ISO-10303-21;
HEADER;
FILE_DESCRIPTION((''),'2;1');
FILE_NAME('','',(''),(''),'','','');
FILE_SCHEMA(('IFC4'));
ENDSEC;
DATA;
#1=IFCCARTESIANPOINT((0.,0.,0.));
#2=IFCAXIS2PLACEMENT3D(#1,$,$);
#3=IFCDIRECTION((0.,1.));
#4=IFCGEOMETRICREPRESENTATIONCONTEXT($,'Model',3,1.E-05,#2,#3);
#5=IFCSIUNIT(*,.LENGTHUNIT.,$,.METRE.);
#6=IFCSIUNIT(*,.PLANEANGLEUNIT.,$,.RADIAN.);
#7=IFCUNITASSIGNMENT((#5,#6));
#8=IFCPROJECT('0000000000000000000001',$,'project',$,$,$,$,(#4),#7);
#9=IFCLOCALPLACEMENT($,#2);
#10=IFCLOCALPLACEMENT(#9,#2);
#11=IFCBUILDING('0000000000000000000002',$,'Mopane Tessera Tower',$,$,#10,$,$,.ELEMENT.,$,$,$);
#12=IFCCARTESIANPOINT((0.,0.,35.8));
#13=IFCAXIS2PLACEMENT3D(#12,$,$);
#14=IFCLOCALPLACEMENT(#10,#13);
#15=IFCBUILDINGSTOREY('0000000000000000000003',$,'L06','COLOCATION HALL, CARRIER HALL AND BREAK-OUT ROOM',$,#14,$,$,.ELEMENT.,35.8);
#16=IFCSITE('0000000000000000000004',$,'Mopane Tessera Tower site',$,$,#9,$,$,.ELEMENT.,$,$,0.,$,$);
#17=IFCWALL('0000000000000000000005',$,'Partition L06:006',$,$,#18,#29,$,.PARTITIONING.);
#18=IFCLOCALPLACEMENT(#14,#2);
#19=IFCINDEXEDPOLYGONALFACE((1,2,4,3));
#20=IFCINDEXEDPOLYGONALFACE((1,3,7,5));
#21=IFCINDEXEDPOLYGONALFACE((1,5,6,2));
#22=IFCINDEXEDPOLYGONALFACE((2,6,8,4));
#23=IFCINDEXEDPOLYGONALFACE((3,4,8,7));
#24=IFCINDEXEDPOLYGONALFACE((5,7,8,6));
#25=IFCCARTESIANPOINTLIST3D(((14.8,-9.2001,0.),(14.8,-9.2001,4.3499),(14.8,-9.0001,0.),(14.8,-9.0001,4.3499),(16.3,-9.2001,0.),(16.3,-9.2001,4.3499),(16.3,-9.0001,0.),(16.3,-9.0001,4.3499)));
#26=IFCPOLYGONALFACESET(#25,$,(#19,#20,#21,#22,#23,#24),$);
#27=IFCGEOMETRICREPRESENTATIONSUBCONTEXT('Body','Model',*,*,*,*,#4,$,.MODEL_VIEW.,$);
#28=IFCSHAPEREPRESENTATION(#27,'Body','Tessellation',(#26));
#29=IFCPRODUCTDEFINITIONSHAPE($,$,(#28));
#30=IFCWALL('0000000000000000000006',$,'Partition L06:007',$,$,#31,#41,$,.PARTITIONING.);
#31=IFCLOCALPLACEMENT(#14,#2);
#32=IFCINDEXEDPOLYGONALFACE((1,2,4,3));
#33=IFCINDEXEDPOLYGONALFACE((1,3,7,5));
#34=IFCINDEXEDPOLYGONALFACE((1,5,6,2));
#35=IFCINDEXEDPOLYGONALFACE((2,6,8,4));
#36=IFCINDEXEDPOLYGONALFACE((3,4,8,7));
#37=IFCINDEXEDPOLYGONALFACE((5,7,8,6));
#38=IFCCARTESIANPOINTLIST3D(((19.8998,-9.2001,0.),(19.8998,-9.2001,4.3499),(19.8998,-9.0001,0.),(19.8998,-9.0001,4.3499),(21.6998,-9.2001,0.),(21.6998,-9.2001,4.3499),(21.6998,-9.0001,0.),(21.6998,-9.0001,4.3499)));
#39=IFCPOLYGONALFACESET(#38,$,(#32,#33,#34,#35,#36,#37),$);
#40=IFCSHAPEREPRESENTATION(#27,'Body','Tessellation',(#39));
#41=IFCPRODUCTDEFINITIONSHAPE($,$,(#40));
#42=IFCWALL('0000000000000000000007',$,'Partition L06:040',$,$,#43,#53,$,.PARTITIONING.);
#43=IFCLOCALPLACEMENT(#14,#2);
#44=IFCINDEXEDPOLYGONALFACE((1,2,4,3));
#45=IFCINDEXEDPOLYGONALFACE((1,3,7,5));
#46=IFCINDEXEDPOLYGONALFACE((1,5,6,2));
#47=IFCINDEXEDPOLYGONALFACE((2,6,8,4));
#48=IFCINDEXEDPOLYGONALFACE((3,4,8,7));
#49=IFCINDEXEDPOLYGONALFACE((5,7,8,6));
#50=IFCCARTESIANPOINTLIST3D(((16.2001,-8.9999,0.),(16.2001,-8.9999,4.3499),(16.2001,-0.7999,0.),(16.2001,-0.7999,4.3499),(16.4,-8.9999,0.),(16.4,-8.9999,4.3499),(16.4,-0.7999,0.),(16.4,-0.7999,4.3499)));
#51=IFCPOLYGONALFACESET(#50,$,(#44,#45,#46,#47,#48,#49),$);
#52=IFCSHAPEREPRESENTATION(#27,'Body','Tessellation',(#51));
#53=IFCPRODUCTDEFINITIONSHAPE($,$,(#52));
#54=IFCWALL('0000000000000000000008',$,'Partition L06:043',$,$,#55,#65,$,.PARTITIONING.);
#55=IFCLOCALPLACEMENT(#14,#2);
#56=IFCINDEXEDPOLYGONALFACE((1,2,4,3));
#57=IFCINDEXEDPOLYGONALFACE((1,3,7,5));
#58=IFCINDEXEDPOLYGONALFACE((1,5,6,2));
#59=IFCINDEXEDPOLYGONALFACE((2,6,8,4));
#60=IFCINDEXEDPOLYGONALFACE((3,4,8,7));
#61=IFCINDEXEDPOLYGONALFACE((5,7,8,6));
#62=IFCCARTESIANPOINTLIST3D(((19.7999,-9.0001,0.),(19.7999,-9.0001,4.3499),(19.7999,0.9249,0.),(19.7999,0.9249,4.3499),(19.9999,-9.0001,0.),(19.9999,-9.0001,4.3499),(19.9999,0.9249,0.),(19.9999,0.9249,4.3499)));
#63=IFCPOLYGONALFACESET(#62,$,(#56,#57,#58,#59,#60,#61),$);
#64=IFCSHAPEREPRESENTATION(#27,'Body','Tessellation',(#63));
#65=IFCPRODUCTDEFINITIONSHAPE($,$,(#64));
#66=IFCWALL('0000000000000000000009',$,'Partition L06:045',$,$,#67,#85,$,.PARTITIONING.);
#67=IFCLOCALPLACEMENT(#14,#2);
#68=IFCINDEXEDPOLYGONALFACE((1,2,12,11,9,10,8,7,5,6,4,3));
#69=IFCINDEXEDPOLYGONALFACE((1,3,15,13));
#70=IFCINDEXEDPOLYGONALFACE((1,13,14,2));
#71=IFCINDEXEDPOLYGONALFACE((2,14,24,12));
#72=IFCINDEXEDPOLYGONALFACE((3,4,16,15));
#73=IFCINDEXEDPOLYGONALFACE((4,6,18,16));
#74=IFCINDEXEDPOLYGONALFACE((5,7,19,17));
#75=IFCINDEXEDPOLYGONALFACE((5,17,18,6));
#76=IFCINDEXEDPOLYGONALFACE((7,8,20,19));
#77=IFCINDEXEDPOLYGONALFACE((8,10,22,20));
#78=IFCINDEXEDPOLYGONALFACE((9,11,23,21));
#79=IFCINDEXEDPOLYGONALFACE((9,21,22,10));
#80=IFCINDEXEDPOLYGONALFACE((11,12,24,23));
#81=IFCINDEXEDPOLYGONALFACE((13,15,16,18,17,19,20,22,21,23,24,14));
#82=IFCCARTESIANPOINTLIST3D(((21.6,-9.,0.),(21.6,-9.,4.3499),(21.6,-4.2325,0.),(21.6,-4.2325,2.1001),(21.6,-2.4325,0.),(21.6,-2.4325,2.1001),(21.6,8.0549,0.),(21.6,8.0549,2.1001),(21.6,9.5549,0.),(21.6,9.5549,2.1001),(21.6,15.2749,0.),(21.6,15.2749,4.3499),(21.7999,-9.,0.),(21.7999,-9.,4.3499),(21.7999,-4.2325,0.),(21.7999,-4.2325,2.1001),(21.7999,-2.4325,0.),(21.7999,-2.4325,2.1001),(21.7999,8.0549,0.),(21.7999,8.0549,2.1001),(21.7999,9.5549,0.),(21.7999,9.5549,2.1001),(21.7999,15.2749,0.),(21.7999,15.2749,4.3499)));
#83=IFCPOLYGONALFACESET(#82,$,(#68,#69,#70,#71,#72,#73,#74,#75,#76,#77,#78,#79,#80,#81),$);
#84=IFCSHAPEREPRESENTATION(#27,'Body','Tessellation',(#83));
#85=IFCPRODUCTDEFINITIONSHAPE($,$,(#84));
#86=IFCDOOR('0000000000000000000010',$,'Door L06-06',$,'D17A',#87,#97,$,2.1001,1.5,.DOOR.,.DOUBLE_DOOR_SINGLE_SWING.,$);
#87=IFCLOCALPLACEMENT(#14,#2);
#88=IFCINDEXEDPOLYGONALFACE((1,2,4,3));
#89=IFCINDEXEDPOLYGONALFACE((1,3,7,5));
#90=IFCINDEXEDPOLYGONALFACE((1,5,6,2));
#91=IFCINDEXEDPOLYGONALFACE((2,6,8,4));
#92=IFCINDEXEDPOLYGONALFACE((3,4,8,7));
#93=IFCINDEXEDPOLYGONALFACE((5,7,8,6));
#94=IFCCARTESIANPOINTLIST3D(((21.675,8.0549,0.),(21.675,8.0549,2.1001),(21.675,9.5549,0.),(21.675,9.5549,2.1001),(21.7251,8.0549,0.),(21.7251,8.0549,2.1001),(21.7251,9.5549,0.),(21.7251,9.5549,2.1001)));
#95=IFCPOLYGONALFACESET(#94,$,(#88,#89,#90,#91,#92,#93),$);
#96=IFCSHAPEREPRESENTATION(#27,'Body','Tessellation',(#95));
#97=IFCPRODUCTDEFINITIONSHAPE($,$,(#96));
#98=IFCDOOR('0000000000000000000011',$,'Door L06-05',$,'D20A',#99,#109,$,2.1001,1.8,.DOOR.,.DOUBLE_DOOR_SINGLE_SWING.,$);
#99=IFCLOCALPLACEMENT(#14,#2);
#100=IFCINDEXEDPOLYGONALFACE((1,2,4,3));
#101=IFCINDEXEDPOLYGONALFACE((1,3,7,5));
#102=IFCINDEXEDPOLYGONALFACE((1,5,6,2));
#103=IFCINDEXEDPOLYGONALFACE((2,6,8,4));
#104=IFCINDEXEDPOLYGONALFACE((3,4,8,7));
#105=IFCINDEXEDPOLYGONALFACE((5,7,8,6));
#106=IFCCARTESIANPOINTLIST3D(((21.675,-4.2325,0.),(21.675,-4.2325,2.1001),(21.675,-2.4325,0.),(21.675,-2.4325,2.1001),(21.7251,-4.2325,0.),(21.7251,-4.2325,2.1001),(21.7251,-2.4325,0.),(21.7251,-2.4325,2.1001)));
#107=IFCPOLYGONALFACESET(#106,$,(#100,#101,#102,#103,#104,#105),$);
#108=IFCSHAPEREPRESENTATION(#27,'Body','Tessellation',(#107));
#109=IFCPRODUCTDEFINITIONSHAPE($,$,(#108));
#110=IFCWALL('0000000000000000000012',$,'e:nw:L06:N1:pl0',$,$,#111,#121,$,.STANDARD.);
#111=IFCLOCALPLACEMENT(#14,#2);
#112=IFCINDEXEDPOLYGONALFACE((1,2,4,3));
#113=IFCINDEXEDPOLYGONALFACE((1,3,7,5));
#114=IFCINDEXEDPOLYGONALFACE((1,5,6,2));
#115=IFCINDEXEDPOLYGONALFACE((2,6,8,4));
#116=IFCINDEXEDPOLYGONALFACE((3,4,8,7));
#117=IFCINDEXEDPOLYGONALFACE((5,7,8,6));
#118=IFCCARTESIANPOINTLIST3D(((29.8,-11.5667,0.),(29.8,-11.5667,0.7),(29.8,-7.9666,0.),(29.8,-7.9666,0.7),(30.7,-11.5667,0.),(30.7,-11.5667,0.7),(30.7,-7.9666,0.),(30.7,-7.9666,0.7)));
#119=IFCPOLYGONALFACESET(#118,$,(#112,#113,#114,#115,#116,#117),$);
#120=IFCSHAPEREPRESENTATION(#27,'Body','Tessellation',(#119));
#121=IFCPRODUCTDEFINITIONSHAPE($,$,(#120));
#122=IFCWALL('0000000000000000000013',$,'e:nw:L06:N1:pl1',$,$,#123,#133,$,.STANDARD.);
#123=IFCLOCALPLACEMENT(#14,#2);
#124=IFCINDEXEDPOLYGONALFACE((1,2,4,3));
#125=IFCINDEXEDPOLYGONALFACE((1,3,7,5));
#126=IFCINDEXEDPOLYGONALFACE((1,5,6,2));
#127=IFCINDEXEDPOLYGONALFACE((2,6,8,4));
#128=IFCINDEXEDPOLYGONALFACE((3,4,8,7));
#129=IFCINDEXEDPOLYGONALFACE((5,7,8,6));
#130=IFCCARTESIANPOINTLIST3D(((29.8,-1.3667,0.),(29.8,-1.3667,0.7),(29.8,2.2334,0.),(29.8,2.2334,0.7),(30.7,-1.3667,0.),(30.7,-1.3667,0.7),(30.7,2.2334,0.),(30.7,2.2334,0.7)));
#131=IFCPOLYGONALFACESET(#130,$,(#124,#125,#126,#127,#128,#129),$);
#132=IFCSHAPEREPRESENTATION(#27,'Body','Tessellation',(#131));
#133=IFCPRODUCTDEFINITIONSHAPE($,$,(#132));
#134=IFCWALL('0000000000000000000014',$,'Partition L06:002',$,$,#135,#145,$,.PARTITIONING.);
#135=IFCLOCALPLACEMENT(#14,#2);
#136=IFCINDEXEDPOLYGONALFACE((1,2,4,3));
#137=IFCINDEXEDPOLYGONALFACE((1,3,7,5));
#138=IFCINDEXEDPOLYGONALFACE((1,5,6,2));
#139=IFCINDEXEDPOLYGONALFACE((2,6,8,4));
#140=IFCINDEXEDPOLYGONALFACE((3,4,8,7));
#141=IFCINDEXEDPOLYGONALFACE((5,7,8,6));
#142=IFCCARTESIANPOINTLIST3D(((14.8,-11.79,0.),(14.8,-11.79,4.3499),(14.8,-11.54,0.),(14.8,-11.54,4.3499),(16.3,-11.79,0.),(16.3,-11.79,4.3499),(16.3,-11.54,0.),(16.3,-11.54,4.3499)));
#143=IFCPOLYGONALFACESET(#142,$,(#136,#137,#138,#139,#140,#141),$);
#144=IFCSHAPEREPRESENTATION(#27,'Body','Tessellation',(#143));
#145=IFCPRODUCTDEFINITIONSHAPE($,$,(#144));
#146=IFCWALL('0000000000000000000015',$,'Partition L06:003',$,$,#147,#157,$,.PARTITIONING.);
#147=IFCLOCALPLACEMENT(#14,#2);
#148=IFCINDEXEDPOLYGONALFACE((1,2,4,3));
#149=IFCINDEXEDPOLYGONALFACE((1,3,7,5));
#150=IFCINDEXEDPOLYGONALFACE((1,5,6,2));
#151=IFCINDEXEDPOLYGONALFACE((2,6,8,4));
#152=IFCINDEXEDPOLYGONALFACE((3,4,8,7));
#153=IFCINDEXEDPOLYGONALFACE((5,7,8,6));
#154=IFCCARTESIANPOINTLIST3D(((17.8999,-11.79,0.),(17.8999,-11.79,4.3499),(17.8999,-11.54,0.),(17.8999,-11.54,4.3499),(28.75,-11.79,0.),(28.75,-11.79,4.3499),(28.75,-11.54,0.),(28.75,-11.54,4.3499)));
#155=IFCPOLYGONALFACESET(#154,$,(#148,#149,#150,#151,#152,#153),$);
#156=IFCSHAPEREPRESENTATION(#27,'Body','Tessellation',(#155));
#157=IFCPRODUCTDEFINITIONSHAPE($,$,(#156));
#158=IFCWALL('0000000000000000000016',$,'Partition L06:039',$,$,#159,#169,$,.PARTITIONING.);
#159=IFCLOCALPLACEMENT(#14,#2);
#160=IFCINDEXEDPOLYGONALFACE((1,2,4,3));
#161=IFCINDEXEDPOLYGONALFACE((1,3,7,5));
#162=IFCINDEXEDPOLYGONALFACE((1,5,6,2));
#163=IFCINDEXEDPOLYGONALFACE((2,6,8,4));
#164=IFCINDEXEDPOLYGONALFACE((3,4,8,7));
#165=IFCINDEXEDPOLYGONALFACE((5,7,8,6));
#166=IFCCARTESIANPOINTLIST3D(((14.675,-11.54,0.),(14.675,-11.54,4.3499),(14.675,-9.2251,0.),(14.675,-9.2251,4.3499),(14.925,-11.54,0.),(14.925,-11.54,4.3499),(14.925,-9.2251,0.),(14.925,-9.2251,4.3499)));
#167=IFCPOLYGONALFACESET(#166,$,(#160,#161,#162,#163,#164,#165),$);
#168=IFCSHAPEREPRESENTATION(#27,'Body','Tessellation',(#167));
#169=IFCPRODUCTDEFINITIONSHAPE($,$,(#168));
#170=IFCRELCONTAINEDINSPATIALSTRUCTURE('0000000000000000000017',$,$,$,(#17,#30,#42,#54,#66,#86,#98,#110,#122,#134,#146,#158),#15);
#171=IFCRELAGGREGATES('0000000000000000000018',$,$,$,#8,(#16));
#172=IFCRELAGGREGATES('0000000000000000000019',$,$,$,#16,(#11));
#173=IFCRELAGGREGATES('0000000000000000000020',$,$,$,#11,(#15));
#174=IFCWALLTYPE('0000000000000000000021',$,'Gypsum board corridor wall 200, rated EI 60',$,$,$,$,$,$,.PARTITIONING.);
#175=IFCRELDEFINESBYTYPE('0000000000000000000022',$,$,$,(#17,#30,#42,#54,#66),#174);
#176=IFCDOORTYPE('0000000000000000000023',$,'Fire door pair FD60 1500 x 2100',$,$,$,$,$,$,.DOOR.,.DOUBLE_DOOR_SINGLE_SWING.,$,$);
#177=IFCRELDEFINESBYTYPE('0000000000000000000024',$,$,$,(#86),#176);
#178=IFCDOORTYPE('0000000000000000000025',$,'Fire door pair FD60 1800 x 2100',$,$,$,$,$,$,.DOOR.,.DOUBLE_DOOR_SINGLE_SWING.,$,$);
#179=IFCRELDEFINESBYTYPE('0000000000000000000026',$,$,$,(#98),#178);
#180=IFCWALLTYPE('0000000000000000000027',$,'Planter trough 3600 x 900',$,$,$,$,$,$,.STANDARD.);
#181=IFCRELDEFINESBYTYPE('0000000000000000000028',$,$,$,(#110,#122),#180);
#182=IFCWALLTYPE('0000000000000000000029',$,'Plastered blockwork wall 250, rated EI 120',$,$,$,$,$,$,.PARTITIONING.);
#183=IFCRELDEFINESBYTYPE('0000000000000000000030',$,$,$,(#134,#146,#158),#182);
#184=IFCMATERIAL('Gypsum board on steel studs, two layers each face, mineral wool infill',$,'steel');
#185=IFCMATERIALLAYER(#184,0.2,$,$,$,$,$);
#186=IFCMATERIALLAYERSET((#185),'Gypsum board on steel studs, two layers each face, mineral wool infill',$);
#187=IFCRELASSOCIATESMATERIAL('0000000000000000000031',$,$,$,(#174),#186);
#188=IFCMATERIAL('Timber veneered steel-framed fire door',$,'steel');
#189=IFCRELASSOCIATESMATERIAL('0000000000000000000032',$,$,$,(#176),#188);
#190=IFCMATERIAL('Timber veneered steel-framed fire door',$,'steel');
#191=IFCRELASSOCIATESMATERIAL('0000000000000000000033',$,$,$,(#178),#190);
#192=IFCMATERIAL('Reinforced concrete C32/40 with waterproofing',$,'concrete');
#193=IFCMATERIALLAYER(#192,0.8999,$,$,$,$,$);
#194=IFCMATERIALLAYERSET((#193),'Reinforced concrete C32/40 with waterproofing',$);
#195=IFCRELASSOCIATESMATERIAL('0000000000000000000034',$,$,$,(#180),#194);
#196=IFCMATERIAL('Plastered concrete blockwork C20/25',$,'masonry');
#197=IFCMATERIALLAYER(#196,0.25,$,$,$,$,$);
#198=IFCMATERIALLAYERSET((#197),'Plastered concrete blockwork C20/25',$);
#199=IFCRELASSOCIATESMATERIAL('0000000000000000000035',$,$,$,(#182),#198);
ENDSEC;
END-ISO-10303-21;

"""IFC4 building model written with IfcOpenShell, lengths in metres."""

from ifc_helpers import new_model, si_unit, direction, frame, frame_2d, origin, place, context, subcontext, project, spatial, rectangle, extrude, material, layer, layer_set, type_object, element, fill, save


model = new_model("IFC4")

# Units and contexts
model_context = context("Model", 3, precision=1e-05, world=origin(), true_north=direction((0.0, 1.0)))
body_context = subcontext(model_context, "Body", "Model", "MODEL_VIEW")
ifc_project = project(units=[si_unit("LENGTHUNIT", "METRE"), si_unit("PLANEANGLEUNIT", "RADIAN")], contexts=[model_context])

# Site, building, storey
site_placement = place(None, origin())
site = spatial("IfcSite", under=ifc_project, at=site_placement, Name="Mopane Tessera Tower site", CompositionType="ELEMENT", RefElevation=0.0)
building_placement = place(site_placement, origin())
building = spatial("IfcBuilding", under=site, at=building_placement, Name="Mopane Tessera Tower", CompositionType="ELEMENT")
storey_placement = place(building_placement, frame((0.0, 0.0, 35.8)))
storey = spatial("IfcBuildingStorey", under=building, at=storey_placement, Name="L06", Description="COLOCATION HALL, CARRIER HALL AND BREAK-OUT ROOM", CompositionType="ELEMENT", Elevation=35.8)

# Walls
ifc_material_1 = material(Name="Gypsum board on steel studs, two layers each face, mineral wool infill", Category="steel")
ifc_layer_1 = layer(ifc_material_1, 0.2)
ifc_layer_set_1 = layer_set([ifc_layer_1], Name="Gypsum board on steel studs, two layers each face, mineral wool infill")
wall_type_1 = type_object("IfcWallType", Name="Gypsum board corridor wall 200, rated EI 60", PredefinedType="PARTITIONING", material=ifc_layer_set_1)
wall_1_placement = place(storey_placement, frame((14.8, -9.1001, 0.0), z_axis=(0.0, 0.0, 1.0), x_axis=(1.0, 0.0, 0.0)))
element("IfcWall", 1, at=wall_1_placement, inside=storey, type_object=wall_type_1, Name="Partition L06:006", PredefinedType="PARTITIONING", context=body_context, shape_type="SweptSolid", body=[
    extrude(rectangle(XDim=1.5, YDim=0.2, at=frame_2d((0.75, 0.0))), origin(), (0.0, 0.0, 1.0), 4.3499),
])
wall_2_placement = place(storey_placement, frame((19.8999, -9.1001, 0.0), z_axis=(0.0, 0.0, 1.0), x_axis=(1.0, 0.0, 0.0)))
element("IfcWall", 2, at=wall_2_placement, inside=storey, type_object=wall_type_1, Name="Partition L06:007", PredefinedType="PARTITIONING", context=body_context, shape_type="SweptSolid", body=[
    extrude(rectangle(XDim=1.8, YDim=0.2, at=frame_2d((0.8999, 0.0))), origin(), (0.0, 0.0, 1.0), 4.3499),
])
wall_3_placement = place(storey_placement, frame((16.3, -9.0, 0.0), z_axis=(0.0, 0.0, 1.0), x_axis=(0.0, 1.0, 0.0)))
element("IfcWall", 3, at=wall_3_placement, inside=storey, type_object=wall_type_1, Name="Partition L06:040", PredefinedType="PARTITIONING", context=body_context, shape_type="SweptSolid", body=[
    extrude(rectangle(XDim=8.2, YDim=0.2, at=frame_2d((4.1001, 0.0))), origin(), (0.0, 0.0, 1.0), 4.3499),
])
wall_4_placement = place(storey_placement, frame((19.8999, -9.0, 0.0), z_axis=(0.0, 0.0, 1.0), x_axis=(0.0, 1.0, 0.0)))
element("IfcWall", 4, at=wall_4_placement, inside=storey, type_object=wall_type_1, Name="Partition L06:043", PredefinedType="PARTITIONING", context=body_context, shape_type="SweptSolid", body=[
    extrude(rectangle(XDim=9.925, YDim=0.2, at=frame_2d((4.9624, 0.0))), origin(), (0.0, 0.0, 1.0), 4.3499),
])

# Wall, openings, doors
wall_5_placement = place(storey_placement, frame((21.7, -9.0, 0.0), z_axis=(0.0, 0.0, 1.0), x_axis=(0.0, 1.0, 0.0)))
wall_5 = element("IfcWall", 5, at=wall_5_placement, inside=storey, type_object=wall_type_1, Name="Partition L06:045", PredefinedType="PARTITIONING", context=body_context, shape_type="SweptSolid", body=[
    extrude(rectangle(XDim=24.2749, YDim=0.2, at=frame_2d((12.1375, 0.0))), origin(), (0.0, 0.0, 1.0), 4.3499),
])
opening_1_placement = place(wall_5_placement, frame((4.7676, 0.0, 0.0)))
opening_1 = element("IfcOpeningElement", 6, at=opening_1_placement, cuts=wall_5, PredefinedType="OPENING", context=body_context, shape_type="SweptSolid", body=[
    extrude(rectangle(XDim=1.8, YDim=2.1001, at=frame_2d((0.8999, 1.05))), frame((0.0, 0.1121, 0.0), z_axis=(0.0, -1.0, 0.0), x_axis=(1.0, 0.0, 0.0)), (0.0, 0.0, 1.0), 0.2239),
])
opening_2_placement = place(wall_5_placement, frame((17.0549, 0.0, 0.0)))
opening_2 = element("IfcOpeningElement", 7, at=opening_2_placement, cuts=wall_5, PredefinedType="OPENING", context=body_context, shape_type="SweptSolid", body=[
    extrude(rectangle(XDim=1.5, YDim=2.1001, at=frame_2d((0.75, 1.05))), frame((0.0, 0.1121, 0.0), z_axis=(0.0, -1.0, 0.0), x_axis=(1.0, 0.0, 0.0)), (0.0, 0.0, 1.0), 0.2239),
])
ifc_material_2 = material(Name="Timber veneered steel-framed fire door", Category="steel")
door_type_1 = type_object("IfcDoorType", Name="Fire door pair FD60 1500 x 2100", OperationType="DOUBLE_DOOR_SINGLE_SWING", PredefinedType="DOOR", material=ifc_material_2)
door_1_placement = place(opening_2_placement, origin())
door_1 = element("IfcDoor", 8, at=door_1_placement, inside=storey, type_object=door_type_1, Name="Door L06-06", ObjectType="D17A", OperationType="DOUBLE_DOOR_SINGLE_SWING", OverallHeight=2.1001, OverallWidth=1.5, PredefinedType="DOOR", context=body_context, shape_type="SweptSolid", body=[
    extrude(rectangle(XDim=1.5, YDim=2.1001, at=frame_2d((0.75, 1.05))), frame((0.0, 0.0249, 0.0), z_axis=(0.0, -1.0, 0.0), x_axis=(1.0, 0.0, 0.0)), (0.0, 0.0, 1.0), 0.05),
])
fill(opening_2, door_1)
ifc_material_3 = material(Name="Timber veneered steel-framed fire door", Category="steel")
door_type_2 = type_object("IfcDoorType", Name="Fire door pair FD60 1800 x 2100", OperationType="DOUBLE_DOOR_SINGLE_SWING", PredefinedType="DOOR", material=ifc_material_3)
door_2_placement = place(opening_1_placement, origin())
door_2 = element("IfcDoor", 9, at=door_2_placement, inside=storey, type_object=door_type_2, Name="Door L06-05", ObjectType="D20A", OperationType="DOUBLE_DOOR_SINGLE_SWING", OverallHeight=2.1001, OverallWidth=1.8, PredefinedType="DOOR", context=body_context, shape_type="SweptSolid", body=[
    extrude(rectangle(XDim=1.8, YDim=2.1001, at=frame_2d((0.8999, 1.05))), frame((0.0, 0.0249, 0.0), z_axis=(0.0, -1.0, 0.0), x_axis=(1.0, 0.0, 0.0)), (0.0, 0.0, 1.0), 0.05),
])
fill(opening_1, door_2)

# Walls
ifc_material_4 = material(Name="Reinforced concrete C32/40 with waterproofing", Category="concrete")
ifc_layer_2 = layer(ifc_material_4, 0.8999)
ifc_layer_set_2 = layer_set([ifc_layer_2], Name="Reinforced concrete C32/40 with waterproofing")
wall_type_2 = type_object("IfcWallType", Name="Planter trough 3600 x 900", PredefinedType="STANDARD", material=ifc_layer_set_2)
for number, where, z_axis, x_axis, name in (
    (10, (30.25, -11.5667, 0.0), (0.0, 0.0, 1.0), (0.0, 1.0, 0.0), "e:nw:L06:N1:pl0"),
    (11, (30.25, -1.3667, 0.0), (0.0, 0.0, 1.0), (0.0, 1.0, 0.0), "e:nw:L06:N1:pl1"),
):
    element("IfcWall", number, at=place(storey_placement, frame(where, z_axis=z_axis, x_axis=x_axis)), inside=storey, type_object=wall_type_2, Name=name, PredefinedType="STANDARD", context=body_context, shape_type="SweptSolid", body=[
        extrude(rectangle(XDim=3.6001, YDim=0.8999, at=frame_2d((1.8, 0.0))), origin(), (0.0, 0.0, 1.0), 0.7),
    ])
ifc_material_5 = material(Name="Plastered concrete blockwork C20/25", Category="masonry")
ifc_layer_3 = layer(ifc_material_5, 0.25)
ifc_layer_set_3 = layer_set([ifc_layer_3], Name="Plastered concrete blockwork C20/25")
wall_type_3 = type_object("IfcWallType", Name="Plastered blockwork wall 250, rated EI 120", PredefinedType="PARTITIONING", material=ifc_layer_set_3)
wall_6_placement = place(storey_placement, frame((14.8, -11.665, 0.0), z_axis=(0.0, 0.0, 1.0), x_axis=(1.0, 0.0, 0.0)))
element("IfcWall", 12, at=wall_6_placement, inside=storey, type_object=wall_type_3, Name="Partition L06:002", PredefinedType="PARTITIONING", context=body_context, shape_type="SweptSolid", body=[
    extrude(rectangle(XDim=1.5, YDim=0.25, at=frame_2d((0.75, 0.0))), origin(), (0.0, 0.0, 1.0), 4.3499),
])
wall_7_placement = place(storey_placement, frame((17.8999, -11.665, 0.0), z_axis=(0.0, 0.0, 1.0), x_axis=(1.0, 0.0, 0.0)))
element("IfcWall", 13, at=wall_7_placement, inside=storey, type_object=wall_type_3, Name="Partition L06:003", PredefinedType="PARTITIONING", context=body_context, shape_type="SweptSolid", body=[
    extrude(rectangle(XDim=10.8501, YDim=0.25, at=frame_2d((5.425, 0.0))), origin(), (0.0, 0.0, 1.0), 4.3499),
])
wall_8_placement = place(storey_placement, frame((14.8, -11.54, 0.0), z_axis=(0.0, 0.0, 1.0), x_axis=(0.0, 1.0, 0.0)))
element("IfcWall", 14, at=wall_8_placement, inside=storey, type_object=wall_type_3, Name="Partition L06:039", PredefinedType="PARTITIONING", context=body_context, shape_type="SweptSolid", body=[
    extrude(rectangle(XDim=2.3149, YDim=0.25, at=frame_2d((1.1575, 0.0))), origin(), (0.0, 0.0, 1.0), 4.3499),
])

save(model, "model.ifc")
